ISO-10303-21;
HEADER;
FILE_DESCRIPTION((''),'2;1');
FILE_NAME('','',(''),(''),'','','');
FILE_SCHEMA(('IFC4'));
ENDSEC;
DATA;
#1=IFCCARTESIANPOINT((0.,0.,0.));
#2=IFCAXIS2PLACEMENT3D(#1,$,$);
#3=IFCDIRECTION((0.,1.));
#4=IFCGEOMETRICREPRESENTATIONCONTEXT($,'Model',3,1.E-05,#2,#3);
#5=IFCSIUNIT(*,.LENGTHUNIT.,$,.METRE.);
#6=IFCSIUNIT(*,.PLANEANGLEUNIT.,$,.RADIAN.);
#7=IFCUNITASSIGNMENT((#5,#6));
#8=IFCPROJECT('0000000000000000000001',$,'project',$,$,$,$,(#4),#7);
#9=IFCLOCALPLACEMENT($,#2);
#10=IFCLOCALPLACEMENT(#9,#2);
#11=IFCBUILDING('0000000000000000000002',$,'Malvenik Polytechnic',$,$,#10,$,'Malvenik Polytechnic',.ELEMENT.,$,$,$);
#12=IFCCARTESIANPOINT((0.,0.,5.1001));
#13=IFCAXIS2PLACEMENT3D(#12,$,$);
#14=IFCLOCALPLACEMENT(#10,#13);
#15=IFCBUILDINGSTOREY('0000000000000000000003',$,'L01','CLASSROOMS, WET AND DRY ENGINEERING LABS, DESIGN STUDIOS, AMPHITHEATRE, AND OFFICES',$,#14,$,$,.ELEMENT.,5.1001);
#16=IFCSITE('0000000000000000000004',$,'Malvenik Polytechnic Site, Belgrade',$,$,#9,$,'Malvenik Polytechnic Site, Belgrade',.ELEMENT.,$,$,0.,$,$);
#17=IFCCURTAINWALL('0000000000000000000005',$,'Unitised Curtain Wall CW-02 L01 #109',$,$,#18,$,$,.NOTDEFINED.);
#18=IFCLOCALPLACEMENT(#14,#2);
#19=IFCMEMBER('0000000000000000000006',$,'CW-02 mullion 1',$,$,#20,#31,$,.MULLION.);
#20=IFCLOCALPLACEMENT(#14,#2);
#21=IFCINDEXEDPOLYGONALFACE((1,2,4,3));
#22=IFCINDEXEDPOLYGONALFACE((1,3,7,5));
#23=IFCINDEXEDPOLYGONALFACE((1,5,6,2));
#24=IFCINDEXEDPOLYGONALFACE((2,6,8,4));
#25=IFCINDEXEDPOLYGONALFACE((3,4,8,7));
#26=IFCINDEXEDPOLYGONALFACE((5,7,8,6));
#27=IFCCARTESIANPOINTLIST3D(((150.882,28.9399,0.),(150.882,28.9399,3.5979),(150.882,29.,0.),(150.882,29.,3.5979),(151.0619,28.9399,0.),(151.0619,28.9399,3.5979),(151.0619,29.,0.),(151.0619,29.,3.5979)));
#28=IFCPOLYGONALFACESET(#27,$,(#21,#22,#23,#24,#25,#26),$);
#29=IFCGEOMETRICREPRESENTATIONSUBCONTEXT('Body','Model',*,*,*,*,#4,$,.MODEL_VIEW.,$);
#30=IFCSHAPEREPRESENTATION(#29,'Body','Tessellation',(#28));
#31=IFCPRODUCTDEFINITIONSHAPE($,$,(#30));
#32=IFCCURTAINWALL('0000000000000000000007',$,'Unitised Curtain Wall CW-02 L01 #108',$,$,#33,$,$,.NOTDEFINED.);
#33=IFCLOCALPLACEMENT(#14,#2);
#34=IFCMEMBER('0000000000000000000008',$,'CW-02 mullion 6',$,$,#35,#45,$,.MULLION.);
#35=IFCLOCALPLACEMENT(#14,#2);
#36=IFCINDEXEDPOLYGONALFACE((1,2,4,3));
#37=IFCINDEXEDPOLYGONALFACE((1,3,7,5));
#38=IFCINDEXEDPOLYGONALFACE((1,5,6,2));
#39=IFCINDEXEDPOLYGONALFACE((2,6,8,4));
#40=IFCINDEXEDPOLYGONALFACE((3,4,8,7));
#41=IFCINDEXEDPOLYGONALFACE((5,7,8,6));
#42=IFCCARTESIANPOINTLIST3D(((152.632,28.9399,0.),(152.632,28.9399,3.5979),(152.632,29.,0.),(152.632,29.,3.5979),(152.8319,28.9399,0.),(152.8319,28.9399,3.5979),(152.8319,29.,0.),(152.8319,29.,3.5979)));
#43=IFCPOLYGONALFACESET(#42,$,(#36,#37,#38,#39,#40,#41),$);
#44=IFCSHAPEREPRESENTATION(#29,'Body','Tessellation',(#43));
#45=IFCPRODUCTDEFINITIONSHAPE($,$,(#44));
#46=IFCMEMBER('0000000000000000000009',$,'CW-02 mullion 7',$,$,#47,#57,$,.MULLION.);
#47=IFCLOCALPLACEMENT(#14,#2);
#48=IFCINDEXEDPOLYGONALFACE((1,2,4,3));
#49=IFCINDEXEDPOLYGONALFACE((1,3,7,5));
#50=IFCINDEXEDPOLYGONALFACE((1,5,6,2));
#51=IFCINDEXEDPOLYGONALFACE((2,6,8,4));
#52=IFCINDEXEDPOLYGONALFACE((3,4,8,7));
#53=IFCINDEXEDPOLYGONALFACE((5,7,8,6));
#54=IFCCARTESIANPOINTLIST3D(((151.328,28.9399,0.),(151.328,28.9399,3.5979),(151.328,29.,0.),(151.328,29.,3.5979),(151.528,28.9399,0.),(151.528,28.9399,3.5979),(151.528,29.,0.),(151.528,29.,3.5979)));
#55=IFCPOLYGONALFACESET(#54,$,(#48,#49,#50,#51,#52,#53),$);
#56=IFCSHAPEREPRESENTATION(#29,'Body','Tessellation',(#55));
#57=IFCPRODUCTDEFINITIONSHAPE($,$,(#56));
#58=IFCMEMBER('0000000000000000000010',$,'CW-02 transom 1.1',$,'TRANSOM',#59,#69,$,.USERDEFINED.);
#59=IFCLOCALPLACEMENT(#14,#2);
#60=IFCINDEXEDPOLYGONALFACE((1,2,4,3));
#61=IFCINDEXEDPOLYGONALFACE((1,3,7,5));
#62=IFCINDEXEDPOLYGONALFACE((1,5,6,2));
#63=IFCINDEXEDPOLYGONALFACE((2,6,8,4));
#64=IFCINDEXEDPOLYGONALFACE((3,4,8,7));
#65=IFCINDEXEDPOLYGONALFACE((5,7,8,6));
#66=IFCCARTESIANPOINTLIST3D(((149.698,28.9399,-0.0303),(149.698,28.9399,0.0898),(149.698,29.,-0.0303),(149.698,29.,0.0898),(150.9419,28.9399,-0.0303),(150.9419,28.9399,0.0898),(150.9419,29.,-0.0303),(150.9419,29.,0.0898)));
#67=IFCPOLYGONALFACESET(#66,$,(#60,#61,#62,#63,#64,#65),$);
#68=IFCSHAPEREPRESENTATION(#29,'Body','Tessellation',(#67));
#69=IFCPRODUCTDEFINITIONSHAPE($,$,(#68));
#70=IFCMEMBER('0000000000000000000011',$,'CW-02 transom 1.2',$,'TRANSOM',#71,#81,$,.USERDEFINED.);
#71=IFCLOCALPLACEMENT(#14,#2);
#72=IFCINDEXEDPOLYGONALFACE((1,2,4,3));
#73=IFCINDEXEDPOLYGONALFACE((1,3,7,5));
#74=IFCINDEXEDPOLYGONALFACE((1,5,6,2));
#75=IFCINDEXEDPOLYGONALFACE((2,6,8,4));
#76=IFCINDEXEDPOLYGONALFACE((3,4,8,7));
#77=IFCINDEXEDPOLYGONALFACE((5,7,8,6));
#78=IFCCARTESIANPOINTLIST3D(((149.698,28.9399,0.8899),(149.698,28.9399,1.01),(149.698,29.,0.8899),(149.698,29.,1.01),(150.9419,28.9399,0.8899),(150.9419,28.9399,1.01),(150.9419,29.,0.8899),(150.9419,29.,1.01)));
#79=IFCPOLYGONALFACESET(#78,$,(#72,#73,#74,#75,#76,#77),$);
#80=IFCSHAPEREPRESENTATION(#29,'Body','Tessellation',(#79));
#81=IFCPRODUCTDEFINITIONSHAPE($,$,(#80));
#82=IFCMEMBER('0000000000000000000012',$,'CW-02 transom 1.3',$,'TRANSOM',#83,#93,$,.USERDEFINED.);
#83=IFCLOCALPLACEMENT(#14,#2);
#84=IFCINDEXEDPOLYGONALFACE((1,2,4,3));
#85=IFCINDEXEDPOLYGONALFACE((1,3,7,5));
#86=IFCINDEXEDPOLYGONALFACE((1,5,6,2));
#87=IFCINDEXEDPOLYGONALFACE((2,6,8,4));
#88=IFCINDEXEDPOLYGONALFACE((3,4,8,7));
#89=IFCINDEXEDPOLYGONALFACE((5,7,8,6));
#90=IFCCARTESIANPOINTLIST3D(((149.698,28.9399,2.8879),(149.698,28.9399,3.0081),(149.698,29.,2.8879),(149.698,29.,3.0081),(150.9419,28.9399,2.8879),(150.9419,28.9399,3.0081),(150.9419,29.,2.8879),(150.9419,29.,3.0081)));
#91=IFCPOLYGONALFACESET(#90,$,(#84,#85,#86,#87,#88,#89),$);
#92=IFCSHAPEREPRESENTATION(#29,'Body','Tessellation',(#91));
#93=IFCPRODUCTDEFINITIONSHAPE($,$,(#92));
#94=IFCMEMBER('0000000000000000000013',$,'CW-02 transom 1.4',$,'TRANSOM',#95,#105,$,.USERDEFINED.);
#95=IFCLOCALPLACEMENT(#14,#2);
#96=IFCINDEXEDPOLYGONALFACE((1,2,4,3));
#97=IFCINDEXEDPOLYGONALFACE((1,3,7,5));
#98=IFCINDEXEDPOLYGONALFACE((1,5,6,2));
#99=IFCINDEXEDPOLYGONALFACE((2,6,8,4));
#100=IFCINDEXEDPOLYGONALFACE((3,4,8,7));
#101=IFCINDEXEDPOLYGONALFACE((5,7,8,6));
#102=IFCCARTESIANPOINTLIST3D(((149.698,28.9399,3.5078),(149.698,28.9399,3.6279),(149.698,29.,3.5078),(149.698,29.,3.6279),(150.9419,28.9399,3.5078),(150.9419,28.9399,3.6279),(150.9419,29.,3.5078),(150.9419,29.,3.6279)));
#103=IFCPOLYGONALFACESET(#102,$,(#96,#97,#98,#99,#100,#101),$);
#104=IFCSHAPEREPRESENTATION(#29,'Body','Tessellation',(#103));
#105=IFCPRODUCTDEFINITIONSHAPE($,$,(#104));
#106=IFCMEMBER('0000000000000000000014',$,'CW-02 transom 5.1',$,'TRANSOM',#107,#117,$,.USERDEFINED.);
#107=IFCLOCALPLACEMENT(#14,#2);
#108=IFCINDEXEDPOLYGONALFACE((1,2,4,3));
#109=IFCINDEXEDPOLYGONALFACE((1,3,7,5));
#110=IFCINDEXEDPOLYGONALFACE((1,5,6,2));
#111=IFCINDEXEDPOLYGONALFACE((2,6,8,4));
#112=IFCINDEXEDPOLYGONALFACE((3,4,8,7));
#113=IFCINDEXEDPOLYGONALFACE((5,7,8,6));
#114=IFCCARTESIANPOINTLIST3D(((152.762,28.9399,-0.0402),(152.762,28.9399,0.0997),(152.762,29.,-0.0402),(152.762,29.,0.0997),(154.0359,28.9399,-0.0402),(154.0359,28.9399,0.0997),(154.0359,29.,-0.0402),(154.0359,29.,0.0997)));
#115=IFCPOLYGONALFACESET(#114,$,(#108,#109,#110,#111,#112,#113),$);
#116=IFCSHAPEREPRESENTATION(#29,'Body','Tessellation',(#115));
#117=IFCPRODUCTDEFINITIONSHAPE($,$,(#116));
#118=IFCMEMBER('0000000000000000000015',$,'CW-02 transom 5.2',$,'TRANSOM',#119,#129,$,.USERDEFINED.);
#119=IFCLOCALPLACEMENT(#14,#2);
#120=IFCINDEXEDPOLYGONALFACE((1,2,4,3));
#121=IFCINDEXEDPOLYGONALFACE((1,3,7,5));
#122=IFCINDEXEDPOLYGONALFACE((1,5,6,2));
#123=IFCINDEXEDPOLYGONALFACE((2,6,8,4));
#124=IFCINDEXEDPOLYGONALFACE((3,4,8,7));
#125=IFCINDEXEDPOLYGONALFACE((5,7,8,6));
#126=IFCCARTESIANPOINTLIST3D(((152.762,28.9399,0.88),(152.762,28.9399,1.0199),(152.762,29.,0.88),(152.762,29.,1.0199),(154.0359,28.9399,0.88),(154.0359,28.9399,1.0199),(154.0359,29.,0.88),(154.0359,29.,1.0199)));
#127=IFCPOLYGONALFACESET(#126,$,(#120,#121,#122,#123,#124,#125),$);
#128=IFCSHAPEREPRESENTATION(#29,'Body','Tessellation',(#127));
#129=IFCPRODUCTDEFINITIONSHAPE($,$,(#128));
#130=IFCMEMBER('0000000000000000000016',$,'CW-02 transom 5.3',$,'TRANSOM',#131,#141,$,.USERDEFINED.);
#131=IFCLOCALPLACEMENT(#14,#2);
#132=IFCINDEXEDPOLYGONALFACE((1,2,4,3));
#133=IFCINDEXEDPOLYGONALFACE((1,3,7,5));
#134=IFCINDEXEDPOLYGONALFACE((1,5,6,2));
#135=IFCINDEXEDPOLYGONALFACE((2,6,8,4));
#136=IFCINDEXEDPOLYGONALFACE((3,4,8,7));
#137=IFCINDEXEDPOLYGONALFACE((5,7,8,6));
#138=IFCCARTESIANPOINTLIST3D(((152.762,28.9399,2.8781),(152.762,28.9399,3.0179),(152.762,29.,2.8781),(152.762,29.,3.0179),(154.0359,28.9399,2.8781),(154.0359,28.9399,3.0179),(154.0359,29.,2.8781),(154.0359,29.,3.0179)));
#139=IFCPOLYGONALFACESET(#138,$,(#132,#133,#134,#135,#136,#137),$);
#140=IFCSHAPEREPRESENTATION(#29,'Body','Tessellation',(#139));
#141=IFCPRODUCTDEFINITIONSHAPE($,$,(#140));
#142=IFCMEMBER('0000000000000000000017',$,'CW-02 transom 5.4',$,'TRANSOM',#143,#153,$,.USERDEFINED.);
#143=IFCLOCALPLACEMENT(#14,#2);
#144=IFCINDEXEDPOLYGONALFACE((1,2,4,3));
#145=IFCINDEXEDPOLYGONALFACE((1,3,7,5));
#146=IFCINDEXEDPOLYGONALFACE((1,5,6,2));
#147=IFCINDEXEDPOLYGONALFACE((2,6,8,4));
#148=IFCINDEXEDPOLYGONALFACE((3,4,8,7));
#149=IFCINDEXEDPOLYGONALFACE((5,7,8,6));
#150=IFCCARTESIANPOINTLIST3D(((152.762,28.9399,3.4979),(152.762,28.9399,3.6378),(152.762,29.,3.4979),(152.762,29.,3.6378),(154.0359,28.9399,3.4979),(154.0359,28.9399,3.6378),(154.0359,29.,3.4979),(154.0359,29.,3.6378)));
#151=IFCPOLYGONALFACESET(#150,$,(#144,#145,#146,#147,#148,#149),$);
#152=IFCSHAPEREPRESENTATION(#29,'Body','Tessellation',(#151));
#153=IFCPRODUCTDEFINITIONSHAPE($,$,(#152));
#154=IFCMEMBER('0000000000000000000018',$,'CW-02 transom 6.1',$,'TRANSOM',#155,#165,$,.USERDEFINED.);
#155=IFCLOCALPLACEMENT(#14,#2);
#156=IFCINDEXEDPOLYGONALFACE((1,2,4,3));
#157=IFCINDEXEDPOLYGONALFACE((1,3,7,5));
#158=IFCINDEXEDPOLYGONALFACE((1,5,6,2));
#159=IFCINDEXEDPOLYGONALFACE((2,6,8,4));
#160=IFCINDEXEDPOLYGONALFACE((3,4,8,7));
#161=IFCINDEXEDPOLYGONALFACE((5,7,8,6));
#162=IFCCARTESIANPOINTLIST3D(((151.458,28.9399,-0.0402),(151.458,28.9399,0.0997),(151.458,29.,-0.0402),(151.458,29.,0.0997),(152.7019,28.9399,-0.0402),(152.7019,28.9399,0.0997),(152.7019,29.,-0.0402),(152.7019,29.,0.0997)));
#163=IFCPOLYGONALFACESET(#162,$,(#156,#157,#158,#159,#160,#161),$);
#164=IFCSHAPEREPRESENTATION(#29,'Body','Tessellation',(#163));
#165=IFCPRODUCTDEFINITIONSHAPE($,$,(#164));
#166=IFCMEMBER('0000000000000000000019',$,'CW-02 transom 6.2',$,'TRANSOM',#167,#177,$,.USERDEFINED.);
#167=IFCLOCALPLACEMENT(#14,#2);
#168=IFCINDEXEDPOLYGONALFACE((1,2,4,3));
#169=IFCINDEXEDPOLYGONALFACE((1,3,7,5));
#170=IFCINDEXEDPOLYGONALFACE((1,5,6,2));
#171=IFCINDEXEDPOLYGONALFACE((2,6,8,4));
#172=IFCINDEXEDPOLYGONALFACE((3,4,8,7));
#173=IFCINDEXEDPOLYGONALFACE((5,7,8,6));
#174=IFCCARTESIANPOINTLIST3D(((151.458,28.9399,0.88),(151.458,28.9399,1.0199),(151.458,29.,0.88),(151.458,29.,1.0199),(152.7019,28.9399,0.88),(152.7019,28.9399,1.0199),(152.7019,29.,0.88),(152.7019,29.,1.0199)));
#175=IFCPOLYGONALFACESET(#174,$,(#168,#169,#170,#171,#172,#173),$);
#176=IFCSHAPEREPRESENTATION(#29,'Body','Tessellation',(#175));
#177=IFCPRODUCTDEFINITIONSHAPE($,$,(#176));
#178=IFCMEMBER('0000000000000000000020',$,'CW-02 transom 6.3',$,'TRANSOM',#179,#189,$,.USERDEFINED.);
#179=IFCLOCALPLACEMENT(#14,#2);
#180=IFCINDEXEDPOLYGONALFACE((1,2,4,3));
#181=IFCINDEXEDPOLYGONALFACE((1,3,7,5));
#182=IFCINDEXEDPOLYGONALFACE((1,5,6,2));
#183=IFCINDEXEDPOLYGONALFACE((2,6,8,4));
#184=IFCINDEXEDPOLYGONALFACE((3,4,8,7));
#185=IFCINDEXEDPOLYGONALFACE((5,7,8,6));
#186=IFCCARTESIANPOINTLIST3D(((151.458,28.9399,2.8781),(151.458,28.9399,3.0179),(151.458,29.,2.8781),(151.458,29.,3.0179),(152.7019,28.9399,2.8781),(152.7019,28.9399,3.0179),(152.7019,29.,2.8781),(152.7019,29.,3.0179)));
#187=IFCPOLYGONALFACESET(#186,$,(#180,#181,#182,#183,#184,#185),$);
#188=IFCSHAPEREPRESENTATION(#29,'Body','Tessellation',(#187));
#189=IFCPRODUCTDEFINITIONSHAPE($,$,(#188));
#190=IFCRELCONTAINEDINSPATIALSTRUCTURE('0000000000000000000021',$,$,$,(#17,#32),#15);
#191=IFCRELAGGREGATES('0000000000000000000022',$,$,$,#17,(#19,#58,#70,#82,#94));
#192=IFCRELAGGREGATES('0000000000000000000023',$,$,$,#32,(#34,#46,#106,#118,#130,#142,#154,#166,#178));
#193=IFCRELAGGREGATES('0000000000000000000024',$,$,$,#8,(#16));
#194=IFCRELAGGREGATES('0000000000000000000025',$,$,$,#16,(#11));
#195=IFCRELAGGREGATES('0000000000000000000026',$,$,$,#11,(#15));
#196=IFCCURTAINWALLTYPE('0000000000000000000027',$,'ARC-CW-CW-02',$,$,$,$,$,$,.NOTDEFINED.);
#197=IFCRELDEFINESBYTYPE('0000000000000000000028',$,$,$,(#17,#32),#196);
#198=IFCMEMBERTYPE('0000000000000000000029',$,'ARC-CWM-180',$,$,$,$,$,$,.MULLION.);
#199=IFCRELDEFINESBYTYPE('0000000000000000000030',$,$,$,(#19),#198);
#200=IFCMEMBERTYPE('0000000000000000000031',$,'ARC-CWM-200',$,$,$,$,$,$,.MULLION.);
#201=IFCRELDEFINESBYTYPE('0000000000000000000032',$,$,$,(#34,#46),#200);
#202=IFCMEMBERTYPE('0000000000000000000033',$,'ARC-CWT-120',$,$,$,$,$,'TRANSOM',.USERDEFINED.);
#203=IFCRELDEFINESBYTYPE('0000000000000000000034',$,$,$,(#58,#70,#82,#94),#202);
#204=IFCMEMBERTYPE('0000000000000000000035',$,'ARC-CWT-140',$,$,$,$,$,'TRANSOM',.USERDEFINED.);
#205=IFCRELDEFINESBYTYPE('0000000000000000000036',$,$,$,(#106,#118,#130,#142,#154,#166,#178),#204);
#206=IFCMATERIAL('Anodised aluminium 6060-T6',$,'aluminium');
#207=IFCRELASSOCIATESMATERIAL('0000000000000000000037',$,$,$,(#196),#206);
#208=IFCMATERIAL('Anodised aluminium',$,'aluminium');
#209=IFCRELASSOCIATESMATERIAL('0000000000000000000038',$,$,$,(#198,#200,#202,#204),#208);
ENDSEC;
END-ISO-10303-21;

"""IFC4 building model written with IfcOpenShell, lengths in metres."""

from ifc_helpers import new_model, si_unit, direction, frame, origin, origin_2d, place, context, subcontext, project, spatial, rectangle, extrude, material, material_profile, profile_set, type_object, element, aggregate, save


model = new_model("IFC4")

# Units and contexts
model_context = context("Model", 3, precision=1e-05, world=origin(), true_north=direction((0.0, 1.0)))
body_context = subcontext(model_context, "Body", "Model", "MODEL_VIEW")
ifc_project = project(units=[si_unit("LENGTHUNIT", "METRE"), si_unit("PLANEANGLEUNIT", "RADIAN")], contexts=[model_context])

# Site, building, storey
site_placement = place(None, origin())
site = spatial("IfcSite", under=ifc_project, at=site_placement, Name="Malvenik Polytechnic Site, Belgrade", LongName="Malvenik Polytechnic Site, Belgrade", CompositionType="ELEMENT", RefElevation=0.0)
building_placement = place(site_placement, origin())
building = spatial("IfcBuilding", under=site, at=building_placement, Name="Malvenik Polytechnic", LongName="Malvenik Polytechnic", CompositionType="ELEMENT")
storey_placement = place(building_placement, frame((0.0, 0.0, 5.1001)))
storey = spatial("IfcBuildingStorey", under=building, at=storey_placement, Name="L01", Description="CLASSROOMS, WET AND DRY ENGINEERING LABS, DESIGN STUDIOS, AMPHITHEATRE, AND OFFICES", CompositionType="ELEMENT", Elevation=5.1001)

# Curtain wall, member
ifc_material_1 = material(Name="Anodised aluminium 6060-T6", Category="aluminium")
curtain_wall_type = type_object("IfcCurtainWallType", Name="ARC-CW-CW-02", PredefinedType="NOTDEFINED", material=ifc_material_1)
curtain_wall_1_placement = place(storey_placement, origin())
curtain_wall_1 = element("IfcCurtainWall", 1, at=curtain_wall_1_placement, inside=storey, type_object=curtain_wall_type, Name="Unitised Curtain Wall CW-02 L01 #109", PredefinedType="NOTDEFINED")
ifc_material_2 = material(Name="Anodised aluminium", Category="aluminium")
ifc_material_profile_1 = material_profile(ifc_material_2, rectangle(XDim=0.0601, YDim=0.1799, at=origin_2d()), Name="ALU MULLION 60x180")
ifc_profile_set_1 = profile_set([ifc_material_profile_1], Name="Anodised aluminium")
member_type_1 = type_object("IfcMemberType", Name="ARC-CWM-180", PredefinedType="MULLION", material=ifc_profile_set_1)
member_1_placement = place(storey_placement, frame((150.9719, 28.97, 0.0), z_axis=(0.0, 0.0, 1.0), x_axis=(0.0, -1.0, 0.0)))
member_1 = element("IfcMember", 2, at=member_1_placement, type_object=member_type_1, Name="CW-02 mullion 1", PredefinedType="MULLION", context=body_context, shape_type="SweptSolid", body=[
    extrude(rectangle(XDim=0.0601, YDim=0.1799, at=origin_2d()), origin(), (0.0, 0.0, 1.0), 3.5979),
])

# Curtain wall, members
curtain_wall_2_placement = place(storey_placement, origin())
curtain_wall_2 = element("IfcCurtainWall", 3, at=curtain_wall_2_placement, inside=storey, type_object=curtain_wall_type, Name="Unitised Curtain Wall CW-02 L01 #108", PredefinedType="NOTDEFINED")
ifc_material_profile_2 = material_profile(ifc_material_2, rectangle(XDim=0.0601, YDim=0.2, at=origin_2d()), Name="ALU MULLION 60x200")
ifc_profile_set_2 = profile_set([ifc_material_profile_2], Name="Anodised aluminium")
member_type_2 = type_object("IfcMemberType", Name="ARC-CWM-200", PredefinedType="MULLION", material=ifc_profile_set_2)
member_2_placement = place(storey_placement, frame((152.7319, 28.97, 0.0), z_axis=(0.0, 0.0, 1.0), x_axis=(0.0, -1.0, 0.0)))
member_2 = element("IfcMember", 4, at=member_2_placement, type_object=member_type_2, Name="CW-02 mullion 6", PredefinedType="MULLION", context=body_context, shape_type="SweptSolid", body=[
    extrude(rectangle(XDim=0.0601, YDim=0.2, at=origin_2d()), origin(), (0.0, 0.0, 1.0), 3.5979),
])
member_3_placement = place(storey_placement, frame((151.428, 28.97, 0.0), z_axis=(0.0, 0.0, 1.0), x_axis=(0.0, -1.0, 0.0)))
member_3 = element("IfcMember", 5, at=member_3_placement, type_object=member_type_2, Name="CW-02 mullion 7", PredefinedType="MULLION", context=body_context, shape_type="SweptSolid", body=[
    extrude(rectangle(XDim=0.0601, YDim=0.2, at=origin_2d()), origin(), (0.0, 0.0, 1.0), 3.5979),
])

# Members
ifc_material_profile_3 = material_profile(ifc_material_2, rectangle(XDim=0.0601, YDim=0.1201, at=origin_2d()), Name="ALU TRANSOM 60x120")
ifc_profile_set_3 = profile_set([ifc_material_profile_3], Name="Anodised aluminium")
member_type_3 = type_object("IfcMemberType", Name="ARC-CWT-120", ElementType="TRANSOM", PredefinedType="USERDEFINED", material=ifc_profile_set_3)
member_4_placement = place(storey_placement, frame((150.9419, 28.97, 0.0298), z_axis=(-1.0, 0.0, 0.0), x_axis=(0.0, -1.0, 0.0)))
member_4 = element("IfcMember", 6, at=member_4_placement, type_object=member_type_3, Name="CW-02 transom 1.1", ObjectType="TRANSOM", PredefinedType="USERDEFINED", context=body_context, shape_type="SweptSolid", body=[
    extrude(rectangle(XDim=0.0601, YDim=0.1201, at=origin_2d()), origin(), (0.0, 0.0, 1.0), 1.2439),
])
member_5_placement = place(storey_placement, frame((150.9419, 28.97, 0.95), z_axis=(-1.0, 0.0, 0.0), x_axis=(0.0, -1.0, 0.0)))
member_5 = element("IfcMember", 7, at=member_5_placement, type_object=member_type_3, Name="CW-02 transom 1.2", ObjectType="TRANSOM", PredefinedType="USERDEFINED", context=body_context, shape_type="SweptSolid", body=[
    extrude(rectangle(XDim=0.0601, YDim=0.1201, at=origin_2d()), origin(), (0.0, 0.0, 1.0), 1.2439),
])
member_6_placement = place(storey_placement, frame((150.9419, 28.97, 2.948), z_axis=(-1.0, 0.0, 0.0), x_axis=(0.0, -1.0, 0.0)))
member_6 = element("IfcMember", 8, at=member_6_placement, type_object=member_type_3, Name="CW-02 transom 1.3", ObjectType="TRANSOM", PredefinedType="USERDEFINED", context=body_context, shape_type="SweptSolid", body=[
    extrude(rectangle(XDim=0.0601, YDim=0.1201, at=origin_2d()), origin(), (0.0, 0.0, 1.0), 1.2439),
])
member_7_placement = place(storey_placement, frame((150.9419, 28.97, 3.5679), z_axis=(-1.0, 0.0, 0.0), x_axis=(0.0, -1.0, 0.0)))
member_7 = element("IfcMember", 9, at=member_7_placement, type_object=member_type_3, Name="CW-02 transom 1.4", ObjectType="TRANSOM", PredefinedType="USERDEFINED", context=body_context, shape_type="SweptSolid", body=[
    extrude(rectangle(XDim=0.0601, YDim=0.1201, at=origin_2d()), origin(), (0.0, 0.0, 1.0), 1.2439),
])
aggregate(curtain_wall_1, [member_1, member_4, member_5, member_6, member_7])
ifc_material_profile_4 = material_profile(ifc_material_2, rectangle(XDim=0.0601, YDim=0.1399, at=origin_2d()), Name="ALU TRANSOM 60x140")
ifc_profile_set_4 = profile_set([ifc_material_profile_4], Name="Anodised aluminium")
member_type_4 = type_object("IfcMemberType", Name="ARC-CWT-140", ElementType="TRANSOM", PredefinedType="USERDEFINED", material=ifc_profile_set_4)
member_8_placement = place(storey_placement, frame((154.0359, 28.97, 0.0298), z_axis=(-1.0, 0.0, 0.0), x_axis=(0.0, -1.0, 0.0)))
member_8 = element("IfcMember", 10, at=member_8_placement, type_object=member_type_4, Name="CW-02 transom 5.1", ObjectType="TRANSOM", PredefinedType="USERDEFINED", context=body_context, shape_type="SweptSolid", body=[
    extrude(rectangle(XDim=0.0601, YDim=0.1399, at=origin_2d()), origin(), (0.0, 0.0, 1.0), 1.2739),
])
member_9_placement = place(storey_placement, frame((154.0359, 28.97, 0.95), z_axis=(-1.0, 0.0, 0.0), x_axis=(0.0, -1.0, 0.0)))
member_9 = element("IfcMember", 11, at=member_9_placement, type_object=member_type_4, Name="CW-02 transom 5.2", ObjectType="TRANSOM", PredefinedType="USERDEFINED", context=body_context, shape_type="SweptSolid", body=[
    extrude(rectangle(XDim=0.0601, YDim=0.1399, at=origin_2d()), origin(), (0.0, 0.0, 1.0), 1.2739),
])
member_10_placement = place(storey_placement, frame((154.0359, 28.97, 2.948), z_axis=(-1.0, 0.0, 0.0), x_axis=(0.0, -1.0, 0.0)))
member_10 = element("IfcMember", 12, at=member_10_placement, type_object=member_type_4, Name="CW-02 transom 5.3", ObjectType="TRANSOM", PredefinedType="USERDEFINED", context=body_context, shape_type="SweptSolid", body=[
    extrude(rectangle(XDim=0.0601, YDim=0.1399, at=origin_2d()), origin(), (0.0, 0.0, 1.0), 1.2739),
])
member_11_placement = place(storey_placement, frame((154.0359, 28.97, 3.5679), z_axis=(-1.0, 0.0, 0.0), x_axis=(0.0, -1.0, 0.0)))
member_11 = element("IfcMember", 13, at=member_11_placement, type_object=member_type_4, Name="CW-02 transom 5.4", ObjectType="TRANSOM", PredefinedType="USERDEFINED", context=body_context, shape_type="SweptSolid", body=[
    extrude(rectangle(XDim=0.0601, YDim=0.1399, at=origin_2d()), origin(), (0.0, 0.0, 1.0), 1.2739),
])
member_12_placement = place(storey_placement, frame((152.7019, 28.97, 0.0298), z_axis=(-1.0, 0.0, 0.0), x_axis=(0.0, -1.0, 0.0)))
member_12 = element("IfcMember", 14, at=member_12_placement, type_object=member_type_4, Name="CW-02 transom 6.1", ObjectType="TRANSOM", PredefinedType="USERDEFINED", context=body_context, shape_type="SweptSolid", body=[
    extrude(rectangle(XDim=0.0601, YDim=0.1399, at=origin_2d()), origin(), (0.0, 0.0, 1.0), 1.2439),
])
member_13_placement = place(storey_placement, frame((152.7019, 28.97, 0.95), z_axis=(-1.0, 0.0, 0.0), x_axis=(0.0, -1.0, 0.0)))
member_13 = element("IfcMember", 15, at=member_13_placement, type_object=member_type_4, Name="CW-02 transom 6.2", ObjectType="TRANSOM", PredefinedType="USERDEFINED", context=body_context, shape_type="SweptSolid", body=[
    extrude(rectangle(XDim=0.0601, YDim=0.1399, at=origin_2d()), origin(), (0.0, 0.0, 1.0), 1.2439),
])
member_14_placement = place(storey_placement, frame((152.7019, 28.97, 2.948), z_axis=(-1.0, 0.0, 0.0), x_axis=(0.0, -1.0, 0.0)))
member_14 = element("IfcMember", 16, at=member_14_placement, type_object=member_type_4, Name="CW-02 transom 6.3", ObjectType="TRANSOM", PredefinedType="USERDEFINED", context=body_context, shape_type="SweptSolid", body=[
    extrude(rectangle(XDim=0.0601, YDim=0.1399, at=origin_2d()), origin(), (0.0, 0.0, 1.0), 1.2439),
])

aggregate(curtain_wall_2, [member_2, member_3, member_8, member_9, member_10, member_11, member_12, member_13, member_14])

save(model, "model.ifc")
